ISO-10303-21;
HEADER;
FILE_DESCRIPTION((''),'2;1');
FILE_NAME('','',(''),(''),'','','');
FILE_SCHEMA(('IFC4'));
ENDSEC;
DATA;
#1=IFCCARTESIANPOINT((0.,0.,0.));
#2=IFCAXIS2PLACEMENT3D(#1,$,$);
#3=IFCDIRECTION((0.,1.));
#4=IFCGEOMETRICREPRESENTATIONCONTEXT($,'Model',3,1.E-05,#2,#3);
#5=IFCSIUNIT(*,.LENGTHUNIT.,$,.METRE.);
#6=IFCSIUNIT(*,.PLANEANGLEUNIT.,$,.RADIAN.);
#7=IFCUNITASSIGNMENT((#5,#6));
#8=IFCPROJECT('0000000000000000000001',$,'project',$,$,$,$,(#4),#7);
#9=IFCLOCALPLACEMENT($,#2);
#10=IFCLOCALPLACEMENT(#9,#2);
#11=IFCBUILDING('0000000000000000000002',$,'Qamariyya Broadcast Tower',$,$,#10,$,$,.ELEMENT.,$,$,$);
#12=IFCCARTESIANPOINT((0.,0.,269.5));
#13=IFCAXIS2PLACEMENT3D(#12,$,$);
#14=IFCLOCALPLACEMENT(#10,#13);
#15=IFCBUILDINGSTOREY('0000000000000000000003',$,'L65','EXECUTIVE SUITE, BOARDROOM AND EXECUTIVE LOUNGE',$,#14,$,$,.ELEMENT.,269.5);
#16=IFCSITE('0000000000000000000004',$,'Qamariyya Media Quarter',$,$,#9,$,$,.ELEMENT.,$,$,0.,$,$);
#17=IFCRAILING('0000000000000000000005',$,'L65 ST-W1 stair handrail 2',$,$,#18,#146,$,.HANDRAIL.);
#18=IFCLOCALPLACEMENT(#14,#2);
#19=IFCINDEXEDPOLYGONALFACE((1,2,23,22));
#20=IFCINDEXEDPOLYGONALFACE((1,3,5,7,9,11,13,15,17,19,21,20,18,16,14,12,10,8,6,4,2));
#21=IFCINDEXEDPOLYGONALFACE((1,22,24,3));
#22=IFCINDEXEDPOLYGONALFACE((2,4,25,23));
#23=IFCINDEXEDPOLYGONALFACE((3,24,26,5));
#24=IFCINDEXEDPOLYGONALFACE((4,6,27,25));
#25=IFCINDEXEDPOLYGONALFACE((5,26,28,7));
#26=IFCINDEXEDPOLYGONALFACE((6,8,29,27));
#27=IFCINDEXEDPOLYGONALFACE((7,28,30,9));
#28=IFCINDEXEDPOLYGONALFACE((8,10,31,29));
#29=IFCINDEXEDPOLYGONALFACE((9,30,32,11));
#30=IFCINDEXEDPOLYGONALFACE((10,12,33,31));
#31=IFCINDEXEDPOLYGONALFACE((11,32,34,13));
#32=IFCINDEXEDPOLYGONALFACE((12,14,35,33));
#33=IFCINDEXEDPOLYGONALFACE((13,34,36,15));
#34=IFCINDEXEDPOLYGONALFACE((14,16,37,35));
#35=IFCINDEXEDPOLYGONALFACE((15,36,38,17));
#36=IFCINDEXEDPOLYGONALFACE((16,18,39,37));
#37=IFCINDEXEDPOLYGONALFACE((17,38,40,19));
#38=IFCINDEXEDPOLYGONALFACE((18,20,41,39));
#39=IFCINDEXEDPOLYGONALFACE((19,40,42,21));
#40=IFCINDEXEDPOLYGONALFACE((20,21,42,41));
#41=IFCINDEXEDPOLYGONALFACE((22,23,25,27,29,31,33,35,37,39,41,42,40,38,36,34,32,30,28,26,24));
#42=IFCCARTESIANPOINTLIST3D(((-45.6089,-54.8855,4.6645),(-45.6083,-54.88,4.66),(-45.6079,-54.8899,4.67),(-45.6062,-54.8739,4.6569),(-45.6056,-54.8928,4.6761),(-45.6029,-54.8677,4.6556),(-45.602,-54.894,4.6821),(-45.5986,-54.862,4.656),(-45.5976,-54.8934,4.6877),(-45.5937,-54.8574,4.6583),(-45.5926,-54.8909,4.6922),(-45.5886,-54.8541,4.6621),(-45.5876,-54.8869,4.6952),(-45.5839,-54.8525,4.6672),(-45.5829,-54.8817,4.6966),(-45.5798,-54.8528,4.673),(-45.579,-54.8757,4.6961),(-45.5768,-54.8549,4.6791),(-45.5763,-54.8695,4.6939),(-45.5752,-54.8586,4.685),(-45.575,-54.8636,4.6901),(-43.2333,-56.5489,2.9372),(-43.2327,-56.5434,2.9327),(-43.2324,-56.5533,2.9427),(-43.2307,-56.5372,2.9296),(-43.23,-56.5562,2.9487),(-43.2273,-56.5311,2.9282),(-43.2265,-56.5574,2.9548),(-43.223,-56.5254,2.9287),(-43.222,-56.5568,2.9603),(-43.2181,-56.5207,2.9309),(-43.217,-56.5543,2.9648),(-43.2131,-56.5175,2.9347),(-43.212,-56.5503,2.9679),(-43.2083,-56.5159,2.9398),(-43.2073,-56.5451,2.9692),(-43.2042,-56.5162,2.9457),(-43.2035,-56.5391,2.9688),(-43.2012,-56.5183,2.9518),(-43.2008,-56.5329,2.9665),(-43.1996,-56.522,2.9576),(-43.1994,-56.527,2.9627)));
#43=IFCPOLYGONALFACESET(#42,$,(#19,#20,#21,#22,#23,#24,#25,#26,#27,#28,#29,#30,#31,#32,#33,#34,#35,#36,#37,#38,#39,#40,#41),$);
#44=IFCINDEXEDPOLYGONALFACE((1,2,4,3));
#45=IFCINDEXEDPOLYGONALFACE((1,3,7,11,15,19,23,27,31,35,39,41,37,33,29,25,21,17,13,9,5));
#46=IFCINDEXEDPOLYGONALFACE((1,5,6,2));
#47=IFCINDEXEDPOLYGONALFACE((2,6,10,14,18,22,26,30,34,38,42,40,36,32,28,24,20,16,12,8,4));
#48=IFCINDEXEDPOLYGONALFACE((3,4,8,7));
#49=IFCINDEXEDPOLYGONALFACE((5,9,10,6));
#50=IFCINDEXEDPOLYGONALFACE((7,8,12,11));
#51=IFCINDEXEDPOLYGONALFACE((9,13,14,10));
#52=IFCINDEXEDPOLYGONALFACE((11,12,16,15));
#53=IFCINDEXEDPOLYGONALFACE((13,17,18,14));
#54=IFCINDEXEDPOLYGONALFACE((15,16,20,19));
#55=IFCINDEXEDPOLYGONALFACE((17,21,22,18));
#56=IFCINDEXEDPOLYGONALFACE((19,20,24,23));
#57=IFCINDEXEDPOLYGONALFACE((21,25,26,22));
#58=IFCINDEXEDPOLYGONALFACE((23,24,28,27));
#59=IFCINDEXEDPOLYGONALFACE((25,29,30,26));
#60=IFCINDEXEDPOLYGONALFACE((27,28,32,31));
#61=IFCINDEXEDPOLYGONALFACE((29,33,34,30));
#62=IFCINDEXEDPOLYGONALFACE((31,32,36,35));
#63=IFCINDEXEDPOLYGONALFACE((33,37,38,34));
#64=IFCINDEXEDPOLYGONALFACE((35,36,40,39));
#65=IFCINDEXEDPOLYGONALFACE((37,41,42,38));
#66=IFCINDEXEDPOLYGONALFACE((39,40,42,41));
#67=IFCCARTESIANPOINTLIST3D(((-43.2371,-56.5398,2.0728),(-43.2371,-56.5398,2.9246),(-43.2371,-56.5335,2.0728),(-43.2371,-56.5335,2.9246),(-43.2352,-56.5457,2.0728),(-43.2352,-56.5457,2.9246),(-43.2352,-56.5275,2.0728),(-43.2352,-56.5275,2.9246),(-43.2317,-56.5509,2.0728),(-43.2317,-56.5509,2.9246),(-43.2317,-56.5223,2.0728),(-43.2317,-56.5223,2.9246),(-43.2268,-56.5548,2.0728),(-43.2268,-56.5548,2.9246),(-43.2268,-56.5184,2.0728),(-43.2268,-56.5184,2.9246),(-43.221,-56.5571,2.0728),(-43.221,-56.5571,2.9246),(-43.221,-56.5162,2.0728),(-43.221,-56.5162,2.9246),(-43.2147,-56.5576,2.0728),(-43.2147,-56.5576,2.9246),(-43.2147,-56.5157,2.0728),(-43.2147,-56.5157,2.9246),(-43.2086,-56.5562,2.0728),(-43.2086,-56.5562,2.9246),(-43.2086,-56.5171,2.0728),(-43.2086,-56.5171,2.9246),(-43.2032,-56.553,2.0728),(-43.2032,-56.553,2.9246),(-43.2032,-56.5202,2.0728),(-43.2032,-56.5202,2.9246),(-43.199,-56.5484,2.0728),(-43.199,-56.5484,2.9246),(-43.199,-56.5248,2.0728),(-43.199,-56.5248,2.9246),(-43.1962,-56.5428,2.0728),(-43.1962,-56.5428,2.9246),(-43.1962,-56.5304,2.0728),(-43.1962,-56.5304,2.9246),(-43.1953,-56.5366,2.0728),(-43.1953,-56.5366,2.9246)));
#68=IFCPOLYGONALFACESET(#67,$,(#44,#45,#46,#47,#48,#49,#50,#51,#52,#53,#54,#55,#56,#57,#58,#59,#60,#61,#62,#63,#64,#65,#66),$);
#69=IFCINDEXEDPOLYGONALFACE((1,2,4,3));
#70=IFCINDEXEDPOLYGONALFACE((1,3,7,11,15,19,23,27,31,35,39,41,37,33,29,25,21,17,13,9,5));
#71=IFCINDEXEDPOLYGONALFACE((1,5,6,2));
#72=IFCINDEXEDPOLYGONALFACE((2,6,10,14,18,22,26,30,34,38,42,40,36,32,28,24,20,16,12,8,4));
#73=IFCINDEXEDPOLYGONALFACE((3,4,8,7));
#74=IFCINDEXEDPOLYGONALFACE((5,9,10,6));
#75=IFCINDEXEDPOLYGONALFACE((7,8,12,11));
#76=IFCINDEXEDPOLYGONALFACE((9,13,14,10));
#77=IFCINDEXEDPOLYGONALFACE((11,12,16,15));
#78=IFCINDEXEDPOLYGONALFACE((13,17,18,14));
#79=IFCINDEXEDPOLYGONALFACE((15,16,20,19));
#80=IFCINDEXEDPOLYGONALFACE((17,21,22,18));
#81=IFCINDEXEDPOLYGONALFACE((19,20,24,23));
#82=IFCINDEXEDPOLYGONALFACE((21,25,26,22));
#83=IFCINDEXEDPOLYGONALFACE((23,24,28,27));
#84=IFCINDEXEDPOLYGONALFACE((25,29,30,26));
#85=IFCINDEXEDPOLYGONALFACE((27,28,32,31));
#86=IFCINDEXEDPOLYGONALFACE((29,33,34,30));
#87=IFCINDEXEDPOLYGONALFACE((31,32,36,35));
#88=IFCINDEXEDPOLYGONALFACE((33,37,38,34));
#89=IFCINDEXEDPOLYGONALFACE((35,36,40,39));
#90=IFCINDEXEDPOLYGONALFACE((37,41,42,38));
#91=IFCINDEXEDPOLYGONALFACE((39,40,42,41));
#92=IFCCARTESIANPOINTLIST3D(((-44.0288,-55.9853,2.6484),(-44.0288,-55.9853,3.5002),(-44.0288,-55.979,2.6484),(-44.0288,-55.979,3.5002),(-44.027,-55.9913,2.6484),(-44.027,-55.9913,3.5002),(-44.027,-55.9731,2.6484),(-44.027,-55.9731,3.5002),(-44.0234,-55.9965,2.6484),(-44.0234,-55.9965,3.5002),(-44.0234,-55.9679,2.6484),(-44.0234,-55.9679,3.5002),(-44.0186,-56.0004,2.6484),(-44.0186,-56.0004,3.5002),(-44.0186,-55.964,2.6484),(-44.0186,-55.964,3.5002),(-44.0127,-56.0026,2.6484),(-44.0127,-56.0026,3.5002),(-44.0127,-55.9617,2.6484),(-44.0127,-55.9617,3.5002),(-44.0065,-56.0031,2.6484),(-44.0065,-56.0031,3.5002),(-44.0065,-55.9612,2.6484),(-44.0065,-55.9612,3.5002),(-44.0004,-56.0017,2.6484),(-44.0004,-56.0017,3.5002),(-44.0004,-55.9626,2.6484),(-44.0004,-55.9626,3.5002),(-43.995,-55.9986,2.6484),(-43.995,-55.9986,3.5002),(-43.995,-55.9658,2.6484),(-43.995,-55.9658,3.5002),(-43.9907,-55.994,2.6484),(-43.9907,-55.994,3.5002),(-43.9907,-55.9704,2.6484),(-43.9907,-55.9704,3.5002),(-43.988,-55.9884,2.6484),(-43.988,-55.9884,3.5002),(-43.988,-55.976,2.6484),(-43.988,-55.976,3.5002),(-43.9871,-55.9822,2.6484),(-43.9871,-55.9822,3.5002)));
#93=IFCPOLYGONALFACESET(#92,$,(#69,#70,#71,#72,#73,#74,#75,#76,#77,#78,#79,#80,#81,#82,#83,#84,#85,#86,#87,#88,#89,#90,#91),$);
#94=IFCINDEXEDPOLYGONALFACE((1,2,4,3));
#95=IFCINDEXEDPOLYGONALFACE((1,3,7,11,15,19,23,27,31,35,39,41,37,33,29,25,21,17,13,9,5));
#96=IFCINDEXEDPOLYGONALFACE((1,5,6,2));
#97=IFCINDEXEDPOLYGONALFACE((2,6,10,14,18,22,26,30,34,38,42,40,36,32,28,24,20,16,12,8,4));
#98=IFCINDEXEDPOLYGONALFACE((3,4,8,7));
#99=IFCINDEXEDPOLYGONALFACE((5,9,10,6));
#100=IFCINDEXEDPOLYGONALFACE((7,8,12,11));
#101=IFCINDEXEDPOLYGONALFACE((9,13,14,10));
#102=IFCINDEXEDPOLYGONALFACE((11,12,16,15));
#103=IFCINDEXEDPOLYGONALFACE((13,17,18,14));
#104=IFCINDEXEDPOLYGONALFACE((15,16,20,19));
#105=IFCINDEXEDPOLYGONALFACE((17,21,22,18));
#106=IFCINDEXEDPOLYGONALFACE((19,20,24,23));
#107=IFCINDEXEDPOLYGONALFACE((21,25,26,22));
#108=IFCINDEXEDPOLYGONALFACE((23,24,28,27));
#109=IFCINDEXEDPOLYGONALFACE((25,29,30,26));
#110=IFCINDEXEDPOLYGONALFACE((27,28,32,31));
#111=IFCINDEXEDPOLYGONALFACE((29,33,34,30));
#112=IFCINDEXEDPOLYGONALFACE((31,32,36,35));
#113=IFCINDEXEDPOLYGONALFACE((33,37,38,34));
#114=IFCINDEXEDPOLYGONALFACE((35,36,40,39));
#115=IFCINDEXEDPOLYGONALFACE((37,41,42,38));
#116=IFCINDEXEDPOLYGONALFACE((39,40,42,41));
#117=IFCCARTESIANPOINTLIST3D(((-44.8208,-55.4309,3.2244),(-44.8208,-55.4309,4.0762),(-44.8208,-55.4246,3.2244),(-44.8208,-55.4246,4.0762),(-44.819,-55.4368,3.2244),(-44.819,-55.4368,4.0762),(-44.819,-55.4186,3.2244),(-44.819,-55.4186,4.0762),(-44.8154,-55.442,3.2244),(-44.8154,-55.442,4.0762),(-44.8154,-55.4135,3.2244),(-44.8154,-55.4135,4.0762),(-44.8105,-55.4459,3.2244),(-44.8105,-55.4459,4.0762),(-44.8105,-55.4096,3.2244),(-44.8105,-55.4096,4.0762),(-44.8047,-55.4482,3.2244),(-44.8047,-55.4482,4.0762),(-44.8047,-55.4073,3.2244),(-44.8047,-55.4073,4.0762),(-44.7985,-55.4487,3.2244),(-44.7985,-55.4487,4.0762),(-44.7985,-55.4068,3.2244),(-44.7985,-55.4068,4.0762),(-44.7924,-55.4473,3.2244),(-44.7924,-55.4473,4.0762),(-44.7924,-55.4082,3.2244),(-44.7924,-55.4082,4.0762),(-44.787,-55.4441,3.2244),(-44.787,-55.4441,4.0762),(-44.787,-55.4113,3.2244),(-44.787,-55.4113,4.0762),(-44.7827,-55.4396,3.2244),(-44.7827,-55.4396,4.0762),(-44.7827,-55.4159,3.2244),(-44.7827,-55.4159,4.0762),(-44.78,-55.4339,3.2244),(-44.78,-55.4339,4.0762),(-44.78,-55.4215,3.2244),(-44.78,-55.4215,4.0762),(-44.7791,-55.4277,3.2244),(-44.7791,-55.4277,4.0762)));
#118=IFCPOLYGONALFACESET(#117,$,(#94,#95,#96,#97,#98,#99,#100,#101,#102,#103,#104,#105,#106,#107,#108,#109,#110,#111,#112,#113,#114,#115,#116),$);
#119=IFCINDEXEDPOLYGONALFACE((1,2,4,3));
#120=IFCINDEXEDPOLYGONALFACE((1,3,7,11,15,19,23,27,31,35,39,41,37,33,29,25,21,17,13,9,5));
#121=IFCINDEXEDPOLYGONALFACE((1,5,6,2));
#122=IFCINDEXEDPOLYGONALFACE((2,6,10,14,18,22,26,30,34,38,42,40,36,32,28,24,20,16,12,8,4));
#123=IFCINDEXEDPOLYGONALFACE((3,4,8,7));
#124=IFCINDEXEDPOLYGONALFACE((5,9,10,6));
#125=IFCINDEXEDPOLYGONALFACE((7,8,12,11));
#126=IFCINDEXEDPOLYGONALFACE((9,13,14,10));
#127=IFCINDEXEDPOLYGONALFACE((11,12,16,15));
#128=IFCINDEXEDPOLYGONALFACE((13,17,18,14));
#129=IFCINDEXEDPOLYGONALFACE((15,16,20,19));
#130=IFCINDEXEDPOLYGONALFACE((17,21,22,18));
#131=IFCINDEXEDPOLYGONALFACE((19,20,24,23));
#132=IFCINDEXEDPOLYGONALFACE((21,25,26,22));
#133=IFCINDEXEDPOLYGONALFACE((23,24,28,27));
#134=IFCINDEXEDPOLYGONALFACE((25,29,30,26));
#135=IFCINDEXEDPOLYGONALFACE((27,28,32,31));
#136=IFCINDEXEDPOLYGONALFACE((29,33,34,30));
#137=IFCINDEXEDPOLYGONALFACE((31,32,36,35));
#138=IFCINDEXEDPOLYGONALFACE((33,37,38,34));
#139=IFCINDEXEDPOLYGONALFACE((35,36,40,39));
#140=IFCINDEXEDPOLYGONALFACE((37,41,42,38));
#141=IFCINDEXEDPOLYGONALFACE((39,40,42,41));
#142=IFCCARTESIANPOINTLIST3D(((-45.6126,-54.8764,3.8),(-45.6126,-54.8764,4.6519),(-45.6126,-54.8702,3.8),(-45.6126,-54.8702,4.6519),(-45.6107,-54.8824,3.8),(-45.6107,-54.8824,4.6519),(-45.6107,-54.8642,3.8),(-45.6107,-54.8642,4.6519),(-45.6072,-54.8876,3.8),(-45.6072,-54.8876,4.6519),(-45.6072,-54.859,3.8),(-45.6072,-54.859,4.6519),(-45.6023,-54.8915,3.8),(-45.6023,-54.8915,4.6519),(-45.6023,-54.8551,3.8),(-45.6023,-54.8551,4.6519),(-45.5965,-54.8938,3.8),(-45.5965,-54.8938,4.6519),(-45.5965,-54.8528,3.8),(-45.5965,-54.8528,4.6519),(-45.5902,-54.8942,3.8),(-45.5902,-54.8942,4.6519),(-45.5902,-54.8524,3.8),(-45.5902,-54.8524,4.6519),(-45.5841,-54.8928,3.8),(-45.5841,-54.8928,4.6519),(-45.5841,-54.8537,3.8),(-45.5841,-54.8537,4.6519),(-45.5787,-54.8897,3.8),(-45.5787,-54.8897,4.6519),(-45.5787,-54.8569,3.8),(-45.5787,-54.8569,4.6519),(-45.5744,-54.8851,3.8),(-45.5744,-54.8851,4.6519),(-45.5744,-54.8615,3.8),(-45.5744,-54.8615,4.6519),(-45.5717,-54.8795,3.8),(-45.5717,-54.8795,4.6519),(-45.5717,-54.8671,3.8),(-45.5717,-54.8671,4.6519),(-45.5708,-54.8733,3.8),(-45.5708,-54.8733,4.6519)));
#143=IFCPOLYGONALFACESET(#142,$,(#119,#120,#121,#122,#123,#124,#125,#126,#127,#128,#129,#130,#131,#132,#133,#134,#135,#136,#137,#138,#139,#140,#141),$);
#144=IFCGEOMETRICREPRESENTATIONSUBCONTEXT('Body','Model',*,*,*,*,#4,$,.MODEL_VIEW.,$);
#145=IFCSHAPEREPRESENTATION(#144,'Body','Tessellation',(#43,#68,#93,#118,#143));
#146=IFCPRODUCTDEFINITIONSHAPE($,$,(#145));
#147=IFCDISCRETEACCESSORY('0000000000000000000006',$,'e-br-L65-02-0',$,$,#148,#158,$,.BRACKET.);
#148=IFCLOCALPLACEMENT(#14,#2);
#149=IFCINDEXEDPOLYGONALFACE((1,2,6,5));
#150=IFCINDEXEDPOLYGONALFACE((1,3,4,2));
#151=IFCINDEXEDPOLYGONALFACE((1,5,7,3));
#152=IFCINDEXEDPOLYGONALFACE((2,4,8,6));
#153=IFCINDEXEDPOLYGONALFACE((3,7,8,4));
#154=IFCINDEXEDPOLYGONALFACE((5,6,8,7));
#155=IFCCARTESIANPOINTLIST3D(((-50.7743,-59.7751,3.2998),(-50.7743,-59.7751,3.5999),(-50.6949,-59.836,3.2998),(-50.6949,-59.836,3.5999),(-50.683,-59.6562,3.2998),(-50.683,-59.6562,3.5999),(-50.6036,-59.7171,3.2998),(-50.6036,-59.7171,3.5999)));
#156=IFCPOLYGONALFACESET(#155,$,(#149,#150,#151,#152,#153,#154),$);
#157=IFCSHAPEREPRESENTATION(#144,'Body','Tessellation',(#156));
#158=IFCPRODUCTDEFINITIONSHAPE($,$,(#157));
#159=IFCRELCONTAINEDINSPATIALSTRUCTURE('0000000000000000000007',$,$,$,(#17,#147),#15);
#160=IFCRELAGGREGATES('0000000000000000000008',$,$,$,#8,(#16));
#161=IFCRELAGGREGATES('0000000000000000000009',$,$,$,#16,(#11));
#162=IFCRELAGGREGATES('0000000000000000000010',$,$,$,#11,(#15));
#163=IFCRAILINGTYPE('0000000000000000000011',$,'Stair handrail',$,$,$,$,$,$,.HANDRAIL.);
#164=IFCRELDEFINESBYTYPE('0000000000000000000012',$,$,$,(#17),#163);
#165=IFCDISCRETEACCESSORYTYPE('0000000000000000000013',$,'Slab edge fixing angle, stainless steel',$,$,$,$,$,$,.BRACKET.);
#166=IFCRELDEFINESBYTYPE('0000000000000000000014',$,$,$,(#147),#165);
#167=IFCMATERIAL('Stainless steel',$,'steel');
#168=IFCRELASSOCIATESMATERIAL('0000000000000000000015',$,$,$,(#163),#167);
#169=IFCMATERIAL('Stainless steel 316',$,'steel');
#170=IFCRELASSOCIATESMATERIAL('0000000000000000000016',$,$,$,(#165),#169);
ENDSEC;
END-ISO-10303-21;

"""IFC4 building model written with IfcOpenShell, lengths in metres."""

from ifc_helpers import new_model, si_unit, direction, frame, origin, origin_2d, place, context, subcontext, project, spatial, rectangle, circle, extrude, material, type_object, element, save


model = new_model("IFC4")

# Units and contexts
model_context = context("Model", 3, precision=1e-05, world=origin(), true_north=direction((0.0, 1.0)))
body_context = subcontext(model_context, "Body", "Model", "MODEL_VIEW")
ifc_project = project(units=[si_unit("LENGTHUNIT", "METRE"), si_unit("PLANEANGLEUNIT", "RADIAN")], contexts=[model_context])

# Site, building, storey
site_placement = place(None, origin())
site = spatial("IfcSite", under=ifc_project, at=site_placement, Name="Qamariyya Media Quarter", CompositionType="ELEMENT", RefElevation=0.0)
building_placement = place(site_placement, origin())
building = spatial("IfcBuilding", under=site, at=building_placement, Name="Qamariyya Broadcast Tower", CompositionType="ELEMENT")
storey_placement = place(building_placement, frame((0.0, 0.0, 269.5)))
storey = spatial("IfcBuildingStorey", under=building, at=storey_placement, Name="L65", Description="EXECUTIVE SUITE, BOARDROOM AND EXECUTIVE LOUNGE", CompositionType="ELEMENT", Elevation=269.5)

# Railing
ifc_material_1 = material(Name="Stainless steel", Category="steel")
railing_type_1 = type_object("IfcRailingType", Name="Stair handrail", PredefinedType="HANDRAIL", material=ifc_material_1)
railing_1_placement = place(storey_placement, frame((-43.2163, -56.5366, 2.0728)))
element("IfcRailing", 1, at=railing_1_placement, inside=storey, type_object=railing_type_1, Name="L65 ST-W1 stair handrail 2", PredefinedType="HANDRAIL", context=body_context, shape_type="SweptSolid", body=[
    extrude(circle(Radius=0.0239, at=origin_2d()), frame((0.0, 0.0, 0.876), z_axis=(-0.70377, 0.492784, 0.511734), x_axis=(-0.573575, -0.819153, 0.0)), (0.0, 0.0, 1.0), 3.3755),
    extrude(circle(Radius=0.021, at=origin_2d()), origin(), (0.0, 0.0, 1.0), 0.8518),
    extrude(circle(Radius=0.021, at=origin_2d()), frame((-0.7917, 0.5544, 0.5757)), (0.0, 0.0, 1.0), 0.8518),
    extrude(circle(Radius=0.021, at=origin_2d()), frame((-1.5837, 1.1089, 1.1516)), (0.0, 0.0, 1.0), 0.8518),
    extrude(circle(Radius=0.021, at=origin_2d()), frame((-2.3755, 1.6633, 1.7273)), (0.0, 0.0, 1.0), 0.8518),
])

# Discrete accessory
ifc_material_2 = material(Name="Stainless steel 316", Category="steel")
discrete_accessory_type = type_object("IfcDiscreteAccessoryType", Name="Slab edge fixing angle, stainless steel", PredefinedType="BRACKET", material=ifc_material_2)
discrete_accessory_placement = place(storey_placement, frame((-50.689, -59.7461, 3.2998), z_axis=(0.0, 0.0, 1.0), x_axis=(0.793353, -0.608761, 0.0)))
element("IfcDiscreteAccessory", 2, at=discrete_accessory_placement, inside=storey, type_object=discrete_accessory_type, Name="e-br-L65-02-0", PredefinedType="BRACKET", context=body_context, shape_type="SweptSolid", body=[
    extrude(rectangle(XDim=0.1001, YDim=0.1499, at=origin_2d()), origin(), (0.0, 0.0, 1.0), 0.3),
])

save(model, "model.ifc")
